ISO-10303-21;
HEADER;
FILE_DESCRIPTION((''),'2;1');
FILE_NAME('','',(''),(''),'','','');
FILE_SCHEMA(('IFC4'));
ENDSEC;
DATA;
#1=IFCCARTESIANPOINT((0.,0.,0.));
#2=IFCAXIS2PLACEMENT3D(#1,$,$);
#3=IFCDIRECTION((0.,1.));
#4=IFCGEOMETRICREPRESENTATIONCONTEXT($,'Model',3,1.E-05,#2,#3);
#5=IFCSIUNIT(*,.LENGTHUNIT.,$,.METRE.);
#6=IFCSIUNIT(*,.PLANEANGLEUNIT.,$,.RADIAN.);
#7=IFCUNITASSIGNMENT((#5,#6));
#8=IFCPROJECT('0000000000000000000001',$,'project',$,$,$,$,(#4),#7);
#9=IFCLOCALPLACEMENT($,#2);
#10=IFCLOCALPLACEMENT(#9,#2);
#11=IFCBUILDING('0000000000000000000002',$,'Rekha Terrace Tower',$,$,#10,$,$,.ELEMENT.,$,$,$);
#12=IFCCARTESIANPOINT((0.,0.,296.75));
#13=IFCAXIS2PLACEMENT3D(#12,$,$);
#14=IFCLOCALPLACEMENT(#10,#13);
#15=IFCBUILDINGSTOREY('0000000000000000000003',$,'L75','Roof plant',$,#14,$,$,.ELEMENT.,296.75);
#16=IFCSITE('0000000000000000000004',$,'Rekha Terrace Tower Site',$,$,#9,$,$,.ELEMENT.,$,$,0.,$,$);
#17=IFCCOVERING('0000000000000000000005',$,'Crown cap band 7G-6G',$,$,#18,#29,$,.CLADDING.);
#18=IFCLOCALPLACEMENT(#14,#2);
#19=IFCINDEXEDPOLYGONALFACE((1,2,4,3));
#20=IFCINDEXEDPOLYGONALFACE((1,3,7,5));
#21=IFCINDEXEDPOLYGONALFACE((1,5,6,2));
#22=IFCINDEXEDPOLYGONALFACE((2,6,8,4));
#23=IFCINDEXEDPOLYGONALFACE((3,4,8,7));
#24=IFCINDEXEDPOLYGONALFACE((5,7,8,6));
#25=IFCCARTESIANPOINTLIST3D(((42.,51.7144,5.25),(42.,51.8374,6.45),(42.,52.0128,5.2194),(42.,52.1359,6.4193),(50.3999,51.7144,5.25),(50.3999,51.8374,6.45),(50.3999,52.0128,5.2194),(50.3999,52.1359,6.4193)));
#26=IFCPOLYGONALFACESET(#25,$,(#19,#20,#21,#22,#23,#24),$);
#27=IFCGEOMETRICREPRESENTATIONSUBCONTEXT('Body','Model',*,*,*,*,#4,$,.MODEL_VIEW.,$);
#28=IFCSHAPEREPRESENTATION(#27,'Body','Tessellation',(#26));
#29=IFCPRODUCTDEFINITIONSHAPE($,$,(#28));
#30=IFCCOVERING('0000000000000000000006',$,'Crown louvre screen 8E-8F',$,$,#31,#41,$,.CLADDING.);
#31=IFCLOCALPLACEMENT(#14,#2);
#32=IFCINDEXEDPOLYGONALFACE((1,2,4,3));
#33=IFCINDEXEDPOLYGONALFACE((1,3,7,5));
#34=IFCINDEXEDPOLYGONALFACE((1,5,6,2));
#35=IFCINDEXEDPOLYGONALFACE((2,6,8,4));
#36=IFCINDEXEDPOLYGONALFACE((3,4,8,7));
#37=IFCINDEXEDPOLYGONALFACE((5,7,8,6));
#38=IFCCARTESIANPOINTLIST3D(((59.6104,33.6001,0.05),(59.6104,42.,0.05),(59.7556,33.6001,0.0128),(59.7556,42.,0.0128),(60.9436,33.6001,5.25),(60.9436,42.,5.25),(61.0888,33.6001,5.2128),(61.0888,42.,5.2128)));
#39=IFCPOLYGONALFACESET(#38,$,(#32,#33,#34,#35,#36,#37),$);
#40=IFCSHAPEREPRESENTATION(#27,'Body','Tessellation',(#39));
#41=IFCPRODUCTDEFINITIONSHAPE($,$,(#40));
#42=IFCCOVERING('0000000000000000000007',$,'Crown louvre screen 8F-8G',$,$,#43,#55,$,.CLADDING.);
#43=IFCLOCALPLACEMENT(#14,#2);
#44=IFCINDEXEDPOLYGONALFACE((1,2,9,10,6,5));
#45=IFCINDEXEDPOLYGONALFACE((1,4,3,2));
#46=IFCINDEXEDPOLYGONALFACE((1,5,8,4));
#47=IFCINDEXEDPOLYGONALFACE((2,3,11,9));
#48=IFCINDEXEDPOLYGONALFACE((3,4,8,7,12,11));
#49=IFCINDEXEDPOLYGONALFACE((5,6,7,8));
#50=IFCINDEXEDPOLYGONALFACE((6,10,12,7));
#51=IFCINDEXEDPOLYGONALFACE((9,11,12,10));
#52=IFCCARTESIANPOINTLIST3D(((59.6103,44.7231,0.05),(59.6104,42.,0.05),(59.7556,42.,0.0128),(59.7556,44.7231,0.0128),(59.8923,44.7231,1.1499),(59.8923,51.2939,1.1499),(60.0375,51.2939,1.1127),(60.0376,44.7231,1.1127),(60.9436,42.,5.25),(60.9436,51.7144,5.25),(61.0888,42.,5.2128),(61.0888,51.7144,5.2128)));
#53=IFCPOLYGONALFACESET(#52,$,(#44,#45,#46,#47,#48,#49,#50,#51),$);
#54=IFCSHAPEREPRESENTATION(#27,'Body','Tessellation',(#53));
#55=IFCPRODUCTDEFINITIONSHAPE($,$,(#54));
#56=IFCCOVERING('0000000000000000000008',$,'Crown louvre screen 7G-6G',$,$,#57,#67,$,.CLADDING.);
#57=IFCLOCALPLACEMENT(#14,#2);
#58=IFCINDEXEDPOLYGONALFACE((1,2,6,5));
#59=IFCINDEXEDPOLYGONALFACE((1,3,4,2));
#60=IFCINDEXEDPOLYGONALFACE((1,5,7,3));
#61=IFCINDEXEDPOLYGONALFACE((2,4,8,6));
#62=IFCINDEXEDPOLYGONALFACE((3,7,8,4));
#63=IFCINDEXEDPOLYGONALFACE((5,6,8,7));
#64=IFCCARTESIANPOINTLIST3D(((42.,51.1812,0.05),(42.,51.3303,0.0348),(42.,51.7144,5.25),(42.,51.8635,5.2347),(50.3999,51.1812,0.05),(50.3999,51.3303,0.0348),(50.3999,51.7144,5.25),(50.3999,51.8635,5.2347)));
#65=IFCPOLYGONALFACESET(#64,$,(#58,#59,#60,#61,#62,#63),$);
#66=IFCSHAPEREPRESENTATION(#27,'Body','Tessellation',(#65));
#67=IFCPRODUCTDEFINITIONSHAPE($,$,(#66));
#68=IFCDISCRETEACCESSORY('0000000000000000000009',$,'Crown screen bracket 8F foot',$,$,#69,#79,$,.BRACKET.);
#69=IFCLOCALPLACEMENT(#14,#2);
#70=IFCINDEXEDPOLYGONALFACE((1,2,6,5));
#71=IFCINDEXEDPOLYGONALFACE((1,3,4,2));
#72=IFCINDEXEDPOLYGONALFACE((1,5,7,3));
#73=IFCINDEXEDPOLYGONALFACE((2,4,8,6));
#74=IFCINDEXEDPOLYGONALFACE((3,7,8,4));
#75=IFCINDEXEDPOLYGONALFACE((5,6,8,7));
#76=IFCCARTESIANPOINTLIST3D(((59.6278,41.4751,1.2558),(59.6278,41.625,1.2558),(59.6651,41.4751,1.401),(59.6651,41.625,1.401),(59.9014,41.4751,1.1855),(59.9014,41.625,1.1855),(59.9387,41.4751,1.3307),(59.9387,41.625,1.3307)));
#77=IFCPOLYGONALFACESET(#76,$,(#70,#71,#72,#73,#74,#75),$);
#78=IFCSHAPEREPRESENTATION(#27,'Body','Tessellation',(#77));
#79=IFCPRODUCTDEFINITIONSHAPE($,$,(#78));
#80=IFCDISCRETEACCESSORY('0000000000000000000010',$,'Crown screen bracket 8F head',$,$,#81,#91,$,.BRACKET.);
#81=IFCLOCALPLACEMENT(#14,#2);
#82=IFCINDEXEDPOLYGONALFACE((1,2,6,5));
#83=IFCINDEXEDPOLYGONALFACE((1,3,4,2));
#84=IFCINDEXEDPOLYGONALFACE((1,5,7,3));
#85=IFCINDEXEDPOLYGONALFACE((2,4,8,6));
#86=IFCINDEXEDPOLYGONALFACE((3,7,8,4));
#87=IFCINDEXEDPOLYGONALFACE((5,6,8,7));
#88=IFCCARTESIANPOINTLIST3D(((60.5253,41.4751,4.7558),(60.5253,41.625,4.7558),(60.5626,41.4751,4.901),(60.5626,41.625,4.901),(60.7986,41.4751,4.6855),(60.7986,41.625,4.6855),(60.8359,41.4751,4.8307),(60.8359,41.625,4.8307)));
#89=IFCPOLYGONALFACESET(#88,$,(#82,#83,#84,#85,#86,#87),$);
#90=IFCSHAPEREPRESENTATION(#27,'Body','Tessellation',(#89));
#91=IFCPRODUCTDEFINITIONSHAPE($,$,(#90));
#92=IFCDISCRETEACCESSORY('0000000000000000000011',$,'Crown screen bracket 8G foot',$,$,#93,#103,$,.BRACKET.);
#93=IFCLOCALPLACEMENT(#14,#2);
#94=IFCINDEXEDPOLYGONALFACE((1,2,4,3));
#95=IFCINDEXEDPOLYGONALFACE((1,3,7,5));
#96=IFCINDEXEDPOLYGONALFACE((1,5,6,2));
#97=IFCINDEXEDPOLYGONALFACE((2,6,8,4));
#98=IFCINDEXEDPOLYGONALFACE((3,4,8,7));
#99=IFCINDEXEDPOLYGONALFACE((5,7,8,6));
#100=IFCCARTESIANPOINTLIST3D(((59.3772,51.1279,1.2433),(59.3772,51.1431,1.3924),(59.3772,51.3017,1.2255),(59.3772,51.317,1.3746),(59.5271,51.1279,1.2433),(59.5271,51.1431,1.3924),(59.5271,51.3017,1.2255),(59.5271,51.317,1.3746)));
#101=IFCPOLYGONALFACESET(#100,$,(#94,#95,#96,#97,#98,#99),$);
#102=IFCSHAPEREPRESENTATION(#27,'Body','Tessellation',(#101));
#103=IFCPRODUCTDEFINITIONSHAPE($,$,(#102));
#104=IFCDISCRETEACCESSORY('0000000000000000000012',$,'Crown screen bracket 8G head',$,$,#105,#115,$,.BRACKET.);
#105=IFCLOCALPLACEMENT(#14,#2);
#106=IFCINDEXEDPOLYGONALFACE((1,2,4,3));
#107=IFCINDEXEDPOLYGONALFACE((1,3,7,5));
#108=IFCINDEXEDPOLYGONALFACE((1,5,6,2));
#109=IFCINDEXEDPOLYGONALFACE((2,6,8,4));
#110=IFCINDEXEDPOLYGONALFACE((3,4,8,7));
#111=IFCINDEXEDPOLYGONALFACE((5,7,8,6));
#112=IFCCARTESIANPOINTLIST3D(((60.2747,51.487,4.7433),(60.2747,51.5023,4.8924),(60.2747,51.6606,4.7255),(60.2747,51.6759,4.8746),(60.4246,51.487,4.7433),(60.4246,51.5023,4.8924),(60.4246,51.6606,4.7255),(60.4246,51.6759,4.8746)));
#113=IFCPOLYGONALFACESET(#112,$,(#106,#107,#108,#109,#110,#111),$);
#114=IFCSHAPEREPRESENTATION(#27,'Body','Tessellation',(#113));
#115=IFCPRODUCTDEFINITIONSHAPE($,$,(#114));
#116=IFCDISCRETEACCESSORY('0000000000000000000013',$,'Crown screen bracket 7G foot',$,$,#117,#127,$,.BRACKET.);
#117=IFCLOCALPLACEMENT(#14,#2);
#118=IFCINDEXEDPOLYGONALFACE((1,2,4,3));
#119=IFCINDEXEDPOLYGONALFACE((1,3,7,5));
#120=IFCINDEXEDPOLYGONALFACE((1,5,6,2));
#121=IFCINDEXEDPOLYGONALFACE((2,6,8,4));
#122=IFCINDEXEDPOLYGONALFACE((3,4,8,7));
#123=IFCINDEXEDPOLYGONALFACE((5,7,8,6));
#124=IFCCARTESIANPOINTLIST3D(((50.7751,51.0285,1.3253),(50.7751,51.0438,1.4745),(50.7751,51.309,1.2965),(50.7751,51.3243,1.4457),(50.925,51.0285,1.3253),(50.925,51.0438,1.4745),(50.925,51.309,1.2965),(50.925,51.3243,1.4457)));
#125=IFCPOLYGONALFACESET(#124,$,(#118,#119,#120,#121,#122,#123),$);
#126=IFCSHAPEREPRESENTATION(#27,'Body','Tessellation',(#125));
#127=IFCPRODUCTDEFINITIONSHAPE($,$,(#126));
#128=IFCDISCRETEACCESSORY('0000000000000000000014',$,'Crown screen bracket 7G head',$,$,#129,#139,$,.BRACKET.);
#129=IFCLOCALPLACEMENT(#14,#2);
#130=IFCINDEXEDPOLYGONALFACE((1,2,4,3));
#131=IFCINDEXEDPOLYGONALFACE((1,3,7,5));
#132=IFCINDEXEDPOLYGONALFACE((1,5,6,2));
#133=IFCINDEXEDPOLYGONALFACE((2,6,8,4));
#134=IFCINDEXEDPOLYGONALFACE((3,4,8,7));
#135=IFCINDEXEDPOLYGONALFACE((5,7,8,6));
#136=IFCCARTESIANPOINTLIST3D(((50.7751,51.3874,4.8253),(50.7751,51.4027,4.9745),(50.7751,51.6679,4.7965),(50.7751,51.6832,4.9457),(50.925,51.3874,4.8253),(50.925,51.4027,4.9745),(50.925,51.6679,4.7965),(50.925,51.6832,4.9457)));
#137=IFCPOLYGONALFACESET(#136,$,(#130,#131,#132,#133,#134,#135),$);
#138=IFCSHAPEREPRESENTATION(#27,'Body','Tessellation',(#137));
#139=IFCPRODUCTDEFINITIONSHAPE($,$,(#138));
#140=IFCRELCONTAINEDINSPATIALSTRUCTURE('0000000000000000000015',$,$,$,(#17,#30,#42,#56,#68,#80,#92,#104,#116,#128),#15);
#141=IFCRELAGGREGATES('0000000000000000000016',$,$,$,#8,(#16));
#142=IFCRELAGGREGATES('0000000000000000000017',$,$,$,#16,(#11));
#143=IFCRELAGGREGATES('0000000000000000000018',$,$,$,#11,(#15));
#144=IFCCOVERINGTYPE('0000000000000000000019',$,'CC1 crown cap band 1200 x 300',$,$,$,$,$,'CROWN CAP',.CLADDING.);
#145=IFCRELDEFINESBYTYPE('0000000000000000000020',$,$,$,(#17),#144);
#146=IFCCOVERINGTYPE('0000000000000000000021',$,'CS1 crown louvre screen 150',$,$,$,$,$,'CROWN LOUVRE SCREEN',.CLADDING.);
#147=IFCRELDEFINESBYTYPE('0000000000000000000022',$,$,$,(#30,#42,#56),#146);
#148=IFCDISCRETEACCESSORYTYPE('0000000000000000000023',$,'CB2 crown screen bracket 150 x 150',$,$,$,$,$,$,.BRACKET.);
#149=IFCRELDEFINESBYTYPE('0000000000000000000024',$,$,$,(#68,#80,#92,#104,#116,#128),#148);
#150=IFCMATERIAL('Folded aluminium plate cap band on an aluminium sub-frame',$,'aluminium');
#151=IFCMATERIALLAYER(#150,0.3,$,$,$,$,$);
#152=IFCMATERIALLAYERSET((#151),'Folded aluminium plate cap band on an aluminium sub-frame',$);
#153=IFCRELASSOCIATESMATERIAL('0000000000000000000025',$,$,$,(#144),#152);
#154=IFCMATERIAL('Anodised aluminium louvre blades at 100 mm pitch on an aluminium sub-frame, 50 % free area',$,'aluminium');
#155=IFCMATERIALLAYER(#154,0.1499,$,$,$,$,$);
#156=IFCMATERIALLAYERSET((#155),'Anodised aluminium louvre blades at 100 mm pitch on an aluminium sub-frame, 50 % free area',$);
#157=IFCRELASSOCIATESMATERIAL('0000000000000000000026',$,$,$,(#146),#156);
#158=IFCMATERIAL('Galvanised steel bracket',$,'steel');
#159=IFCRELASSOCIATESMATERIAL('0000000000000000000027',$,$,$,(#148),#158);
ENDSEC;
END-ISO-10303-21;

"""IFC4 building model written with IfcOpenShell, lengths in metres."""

from ifc_helpers import new_model, si_unit, direction, frame, origin, origin_2d, place, context, subcontext, project, spatial, polyline, rectangle, outline, extrude, material, layer, layer_set, type_object, element, save


model = new_model("IFC4")

# Units and contexts
model_context = context("Model", 3, precision=1e-05, world=origin(), true_north=direction((0.0, 1.0)))
body_context = subcontext(model_context, "Body", "Model", "MODEL_VIEW")
ifc_project = project(units=[si_unit("LENGTHUNIT", "METRE"), si_unit("PLANEANGLEUNIT", "RADIAN")], contexts=[model_context])

# Site, building, storey
site_placement = place(None, origin())
site = spatial("IfcSite", under=ifc_project, at=site_placement, Name="Rekha Terrace Tower Site", CompositionType="ELEMENT", RefElevation=0.0)
building_placement = place(site_placement, origin())
building = spatial("IfcBuilding", under=site, at=building_placement, Name="Rekha Terrace Tower", CompositionType="ELEMENT")
storey_placement = place(building_placement, frame((0.0, 0.0, 296.75)))
storey = spatial("IfcBuildingStorey", under=building, at=storey_placement, Name="L75", Description="Roof plant", CompositionType="ELEMENT", Elevation=296.75)

# Coverings
ifc_material_1 = material(Name="Folded aluminium plate cap band on an aluminium sub-frame", Category="aluminium")
ifc_layer_1 = layer(ifc_material_1, 0.3)
ifc_layer_set_1 = layer_set([ifc_layer_1], Name="Folded aluminium plate cap band on an aluminium sub-frame")
covering_type_1 = type_object("IfcCoveringType", Name="CC1 crown cap band 1200 x 300", ElementType="CROWN CAP", PredefinedType="CLADDING", material=ifc_layer_set_1)
covering_1_placement = place(storey_placement, frame((50.3999, 51.7144, 5.25), z_axis=(0.0, -0.994784, 0.102008), x_axis=(-1.0, 0.0, 0.0)))
element("IfcCovering", 1, at=covering_1_placement, inside=storey, type_object=covering_type_1, Name="Crown cap band 7G-6G", PredefinedType="CLADDING", context=body_context, shape_type="SweptSolid", body=[
    extrude(outline(polyline([(0.0, 0.0), (8.3999, 0.0), (8.3999, -1.2062), (0.0, -1.2062), (0.0, 0.0)])), origin(), (0.0, 0.0, -1.0), 0.3),
])
ifc_material_2 = material(Name="Anodised aluminium louvre blades at 100 mm pitch on an aluminium sub-frame, 50 % free area", Category="aluminium")
ifc_layer_2 = layer(ifc_material_2, 0.1499)
ifc_layer_set_2 = layer_set([ifc_layer_2], Name="Anodised aluminium louvre blades at 100 mm pitch on an aluminium sub-frame, 50 % free area")
covering_type_2 = type_object("IfcCoveringType", Name="CS1 crown louvre screen 150", ElementType="CROWN LOUVRE SCREEN", PredefinedType="CLADDING", material=ifc_layer_set_2)
covering_2_placement = place(storey_placement, frame((59.6104, 33.6001, 0.05), z_axis=(-0.968667, 0.0, 0.248363), x_axis=(0.0, 1.0, 0.0)))
element("IfcCovering", 2, at=covering_2_placement, inside=storey, type_object=covering_type_2, Name="Crown louvre screen 8E-8F", PredefinedType="CLADDING", context=body_context, shape_type="SweptSolid", body=[
    extrude(outline(polyline([(0.0, 0.0), (8.3999, 0.0), (8.3999, -5.3682), (0.0, -5.3682), (0.0, 0.0)])), origin(), (0.0, 0.0, -1.0), 0.1499),
])
covering_3_placement = place(storey_placement, frame((59.6104, 42.0, 0.05), z_axis=(-0.968666, -0.000001, 0.248366), x_axis=(-0.000001, 1.0, 0.0)))
element("IfcCovering", 3, at=covering_3_placement, inside=storey, type_object=covering_type_2, Name="Crown louvre screen 8F-8G", PredefinedType="CLADDING", context=body_context, shape_type="SweptSolid", body=[
    extrude(outline(polyline([(0.0, 0.0), (2.7231, 0.0), (2.7231, -1.1354), (9.2939, -1.1354), (9.7144, -5.3682), (0.0, -5.3682), (0.0, 0.0)])), origin(), (0.0, 0.0, -1.0), 0.1499),
])
covering_4_placement = place(storey_placement, frame((50.3999, 51.1812, 0.05), z_axis=(0.0, -0.994784, 0.102005), x_axis=(-1.0, 0.0, 0.0)))
element("IfcCovering", 4, at=covering_4_placement, inside=storey, type_object=covering_type_2, Name="Crown louvre screen 7G-6G", PredefinedType="CLADDING", context=body_context, shape_type="SweptSolid", body=[
    extrude(outline(polyline([(0.0, 0.0), (8.3999, 0.0), (8.3999, -5.2272), (0.0, -5.2272), (0.0, 0.0)])), origin(), (0.0, 0.0, -1.0), 0.1499),
])

# Discrete accessories
ifc_material_3 = material(Name="Galvanised steel bracket", Category="steel")
discrete_accessory_type = type_object("IfcDiscreteAccessoryType", Name="CB2 crown screen bracket 150 x 150", PredefinedType="BRACKET", material=ifc_material_3)
discrete_accessory_1_placement = place(storey_placement, frame((59.6465, 41.55, 1.3284), z_axis=(0.968546, 0.0, -0.248833), x_axis=(0.0, 1.0, 0.0)))
element("IfcDiscreteAccessory", 5, at=discrete_accessory_1_placement, inside=storey, type_object=discrete_accessory_type, Name="Crown screen bracket 8F foot", PredefinedType="BRACKET", context=body_context, shape_type="SweptSolid", body=[
    extrude(rectangle(XDim=0.1499, YDim=0.1499, at=origin_2d()), origin(), (0.0, 0.0, 1.0), 0.2825),
])
discrete_accessory_2_placement = place(storey_placement, frame((60.5439, 41.55, 4.8284), z_axis=(0.968493, 0.0, -0.249041), x_axis=(0.0, 1.0, 0.0)))
element("IfcDiscreteAccessory", 6, at=discrete_accessory_2_placement, inside=storey, type_object=discrete_accessory_type, Name="Crown screen bracket 8F head", PredefinedType="BRACKET", context=body_context, shape_type="SweptSolid", body=[
    extrude(rectangle(XDim=0.1499, YDim=0.1499, at=origin_2d()), origin(), (0.0, 0.0, 1.0), 0.2822),
])
discrete_accessory_3_placement = place(storey_placement, frame((59.4521, 51.1355, 1.3179), z_axis=(0.0, 0.994785, -0.101993), x_axis=(-1.0, 0.0, 0.0)))
element("IfcDiscreteAccessory", 7, at=discrete_accessory_3_placement, inside=storey, type_object=discrete_accessory_type, Name="Crown screen bracket 8G foot", PredefinedType="BRACKET", context=body_context, shape_type="SweptSolid", body=[
    extrude(rectangle(XDim=0.1499, YDim=0.1499, at=origin_2d()), origin(), (0.0, 0.0, 1.0), 0.1748),
])
discrete_accessory_4_placement = place(storey_placement, frame((60.3496, 51.4946, 4.8179), z_axis=(0.0, 0.994771, -0.102135), x_axis=(-1.0, 0.0, 0.0)))
element("IfcDiscreteAccessory", 8, at=discrete_accessory_4_placement, inside=storey, type_object=discrete_accessory_type, Name="Crown screen bracket 8G head", PredefinedType="BRACKET", context=body_context, shape_type="SweptSolid", body=[
    extrude(rectangle(XDim=0.1499, YDim=0.1499, at=origin_2d()), origin(), (0.0, 0.0, 1.0), 0.1746),
])
for number, where, z_axis, x_axis, name in (
    (9, (50.8501, 51.0361, 1.3999), (0.0, 0.994768, -0.102161), (-1.0, 0.0, 0.0), "Crown screen bracket 7G foot"),
    (10, (50.8501, 51.395, 4.8999), (0.0, 0.994768, -0.102161), (-1.0, 0.0, 0.0), "Crown screen bracket 7G head"),
):
    element("IfcDiscreteAccessory", number, at=place(storey_placement, frame(where, z_axis=z_axis, x_axis=x_axis)), inside=storey, type_object=discrete_accessory_type, Name=name, PredefinedType="BRACKET", context=body_context, shape_type="SweptSolid", body=[
        extrude(rectangle(XDim=0.1499, YDim=0.1499, at=origin_2d()), origin(), (0.0, 0.0, 1.0), 0.282),
    ])

save(model, "model.ifc")
